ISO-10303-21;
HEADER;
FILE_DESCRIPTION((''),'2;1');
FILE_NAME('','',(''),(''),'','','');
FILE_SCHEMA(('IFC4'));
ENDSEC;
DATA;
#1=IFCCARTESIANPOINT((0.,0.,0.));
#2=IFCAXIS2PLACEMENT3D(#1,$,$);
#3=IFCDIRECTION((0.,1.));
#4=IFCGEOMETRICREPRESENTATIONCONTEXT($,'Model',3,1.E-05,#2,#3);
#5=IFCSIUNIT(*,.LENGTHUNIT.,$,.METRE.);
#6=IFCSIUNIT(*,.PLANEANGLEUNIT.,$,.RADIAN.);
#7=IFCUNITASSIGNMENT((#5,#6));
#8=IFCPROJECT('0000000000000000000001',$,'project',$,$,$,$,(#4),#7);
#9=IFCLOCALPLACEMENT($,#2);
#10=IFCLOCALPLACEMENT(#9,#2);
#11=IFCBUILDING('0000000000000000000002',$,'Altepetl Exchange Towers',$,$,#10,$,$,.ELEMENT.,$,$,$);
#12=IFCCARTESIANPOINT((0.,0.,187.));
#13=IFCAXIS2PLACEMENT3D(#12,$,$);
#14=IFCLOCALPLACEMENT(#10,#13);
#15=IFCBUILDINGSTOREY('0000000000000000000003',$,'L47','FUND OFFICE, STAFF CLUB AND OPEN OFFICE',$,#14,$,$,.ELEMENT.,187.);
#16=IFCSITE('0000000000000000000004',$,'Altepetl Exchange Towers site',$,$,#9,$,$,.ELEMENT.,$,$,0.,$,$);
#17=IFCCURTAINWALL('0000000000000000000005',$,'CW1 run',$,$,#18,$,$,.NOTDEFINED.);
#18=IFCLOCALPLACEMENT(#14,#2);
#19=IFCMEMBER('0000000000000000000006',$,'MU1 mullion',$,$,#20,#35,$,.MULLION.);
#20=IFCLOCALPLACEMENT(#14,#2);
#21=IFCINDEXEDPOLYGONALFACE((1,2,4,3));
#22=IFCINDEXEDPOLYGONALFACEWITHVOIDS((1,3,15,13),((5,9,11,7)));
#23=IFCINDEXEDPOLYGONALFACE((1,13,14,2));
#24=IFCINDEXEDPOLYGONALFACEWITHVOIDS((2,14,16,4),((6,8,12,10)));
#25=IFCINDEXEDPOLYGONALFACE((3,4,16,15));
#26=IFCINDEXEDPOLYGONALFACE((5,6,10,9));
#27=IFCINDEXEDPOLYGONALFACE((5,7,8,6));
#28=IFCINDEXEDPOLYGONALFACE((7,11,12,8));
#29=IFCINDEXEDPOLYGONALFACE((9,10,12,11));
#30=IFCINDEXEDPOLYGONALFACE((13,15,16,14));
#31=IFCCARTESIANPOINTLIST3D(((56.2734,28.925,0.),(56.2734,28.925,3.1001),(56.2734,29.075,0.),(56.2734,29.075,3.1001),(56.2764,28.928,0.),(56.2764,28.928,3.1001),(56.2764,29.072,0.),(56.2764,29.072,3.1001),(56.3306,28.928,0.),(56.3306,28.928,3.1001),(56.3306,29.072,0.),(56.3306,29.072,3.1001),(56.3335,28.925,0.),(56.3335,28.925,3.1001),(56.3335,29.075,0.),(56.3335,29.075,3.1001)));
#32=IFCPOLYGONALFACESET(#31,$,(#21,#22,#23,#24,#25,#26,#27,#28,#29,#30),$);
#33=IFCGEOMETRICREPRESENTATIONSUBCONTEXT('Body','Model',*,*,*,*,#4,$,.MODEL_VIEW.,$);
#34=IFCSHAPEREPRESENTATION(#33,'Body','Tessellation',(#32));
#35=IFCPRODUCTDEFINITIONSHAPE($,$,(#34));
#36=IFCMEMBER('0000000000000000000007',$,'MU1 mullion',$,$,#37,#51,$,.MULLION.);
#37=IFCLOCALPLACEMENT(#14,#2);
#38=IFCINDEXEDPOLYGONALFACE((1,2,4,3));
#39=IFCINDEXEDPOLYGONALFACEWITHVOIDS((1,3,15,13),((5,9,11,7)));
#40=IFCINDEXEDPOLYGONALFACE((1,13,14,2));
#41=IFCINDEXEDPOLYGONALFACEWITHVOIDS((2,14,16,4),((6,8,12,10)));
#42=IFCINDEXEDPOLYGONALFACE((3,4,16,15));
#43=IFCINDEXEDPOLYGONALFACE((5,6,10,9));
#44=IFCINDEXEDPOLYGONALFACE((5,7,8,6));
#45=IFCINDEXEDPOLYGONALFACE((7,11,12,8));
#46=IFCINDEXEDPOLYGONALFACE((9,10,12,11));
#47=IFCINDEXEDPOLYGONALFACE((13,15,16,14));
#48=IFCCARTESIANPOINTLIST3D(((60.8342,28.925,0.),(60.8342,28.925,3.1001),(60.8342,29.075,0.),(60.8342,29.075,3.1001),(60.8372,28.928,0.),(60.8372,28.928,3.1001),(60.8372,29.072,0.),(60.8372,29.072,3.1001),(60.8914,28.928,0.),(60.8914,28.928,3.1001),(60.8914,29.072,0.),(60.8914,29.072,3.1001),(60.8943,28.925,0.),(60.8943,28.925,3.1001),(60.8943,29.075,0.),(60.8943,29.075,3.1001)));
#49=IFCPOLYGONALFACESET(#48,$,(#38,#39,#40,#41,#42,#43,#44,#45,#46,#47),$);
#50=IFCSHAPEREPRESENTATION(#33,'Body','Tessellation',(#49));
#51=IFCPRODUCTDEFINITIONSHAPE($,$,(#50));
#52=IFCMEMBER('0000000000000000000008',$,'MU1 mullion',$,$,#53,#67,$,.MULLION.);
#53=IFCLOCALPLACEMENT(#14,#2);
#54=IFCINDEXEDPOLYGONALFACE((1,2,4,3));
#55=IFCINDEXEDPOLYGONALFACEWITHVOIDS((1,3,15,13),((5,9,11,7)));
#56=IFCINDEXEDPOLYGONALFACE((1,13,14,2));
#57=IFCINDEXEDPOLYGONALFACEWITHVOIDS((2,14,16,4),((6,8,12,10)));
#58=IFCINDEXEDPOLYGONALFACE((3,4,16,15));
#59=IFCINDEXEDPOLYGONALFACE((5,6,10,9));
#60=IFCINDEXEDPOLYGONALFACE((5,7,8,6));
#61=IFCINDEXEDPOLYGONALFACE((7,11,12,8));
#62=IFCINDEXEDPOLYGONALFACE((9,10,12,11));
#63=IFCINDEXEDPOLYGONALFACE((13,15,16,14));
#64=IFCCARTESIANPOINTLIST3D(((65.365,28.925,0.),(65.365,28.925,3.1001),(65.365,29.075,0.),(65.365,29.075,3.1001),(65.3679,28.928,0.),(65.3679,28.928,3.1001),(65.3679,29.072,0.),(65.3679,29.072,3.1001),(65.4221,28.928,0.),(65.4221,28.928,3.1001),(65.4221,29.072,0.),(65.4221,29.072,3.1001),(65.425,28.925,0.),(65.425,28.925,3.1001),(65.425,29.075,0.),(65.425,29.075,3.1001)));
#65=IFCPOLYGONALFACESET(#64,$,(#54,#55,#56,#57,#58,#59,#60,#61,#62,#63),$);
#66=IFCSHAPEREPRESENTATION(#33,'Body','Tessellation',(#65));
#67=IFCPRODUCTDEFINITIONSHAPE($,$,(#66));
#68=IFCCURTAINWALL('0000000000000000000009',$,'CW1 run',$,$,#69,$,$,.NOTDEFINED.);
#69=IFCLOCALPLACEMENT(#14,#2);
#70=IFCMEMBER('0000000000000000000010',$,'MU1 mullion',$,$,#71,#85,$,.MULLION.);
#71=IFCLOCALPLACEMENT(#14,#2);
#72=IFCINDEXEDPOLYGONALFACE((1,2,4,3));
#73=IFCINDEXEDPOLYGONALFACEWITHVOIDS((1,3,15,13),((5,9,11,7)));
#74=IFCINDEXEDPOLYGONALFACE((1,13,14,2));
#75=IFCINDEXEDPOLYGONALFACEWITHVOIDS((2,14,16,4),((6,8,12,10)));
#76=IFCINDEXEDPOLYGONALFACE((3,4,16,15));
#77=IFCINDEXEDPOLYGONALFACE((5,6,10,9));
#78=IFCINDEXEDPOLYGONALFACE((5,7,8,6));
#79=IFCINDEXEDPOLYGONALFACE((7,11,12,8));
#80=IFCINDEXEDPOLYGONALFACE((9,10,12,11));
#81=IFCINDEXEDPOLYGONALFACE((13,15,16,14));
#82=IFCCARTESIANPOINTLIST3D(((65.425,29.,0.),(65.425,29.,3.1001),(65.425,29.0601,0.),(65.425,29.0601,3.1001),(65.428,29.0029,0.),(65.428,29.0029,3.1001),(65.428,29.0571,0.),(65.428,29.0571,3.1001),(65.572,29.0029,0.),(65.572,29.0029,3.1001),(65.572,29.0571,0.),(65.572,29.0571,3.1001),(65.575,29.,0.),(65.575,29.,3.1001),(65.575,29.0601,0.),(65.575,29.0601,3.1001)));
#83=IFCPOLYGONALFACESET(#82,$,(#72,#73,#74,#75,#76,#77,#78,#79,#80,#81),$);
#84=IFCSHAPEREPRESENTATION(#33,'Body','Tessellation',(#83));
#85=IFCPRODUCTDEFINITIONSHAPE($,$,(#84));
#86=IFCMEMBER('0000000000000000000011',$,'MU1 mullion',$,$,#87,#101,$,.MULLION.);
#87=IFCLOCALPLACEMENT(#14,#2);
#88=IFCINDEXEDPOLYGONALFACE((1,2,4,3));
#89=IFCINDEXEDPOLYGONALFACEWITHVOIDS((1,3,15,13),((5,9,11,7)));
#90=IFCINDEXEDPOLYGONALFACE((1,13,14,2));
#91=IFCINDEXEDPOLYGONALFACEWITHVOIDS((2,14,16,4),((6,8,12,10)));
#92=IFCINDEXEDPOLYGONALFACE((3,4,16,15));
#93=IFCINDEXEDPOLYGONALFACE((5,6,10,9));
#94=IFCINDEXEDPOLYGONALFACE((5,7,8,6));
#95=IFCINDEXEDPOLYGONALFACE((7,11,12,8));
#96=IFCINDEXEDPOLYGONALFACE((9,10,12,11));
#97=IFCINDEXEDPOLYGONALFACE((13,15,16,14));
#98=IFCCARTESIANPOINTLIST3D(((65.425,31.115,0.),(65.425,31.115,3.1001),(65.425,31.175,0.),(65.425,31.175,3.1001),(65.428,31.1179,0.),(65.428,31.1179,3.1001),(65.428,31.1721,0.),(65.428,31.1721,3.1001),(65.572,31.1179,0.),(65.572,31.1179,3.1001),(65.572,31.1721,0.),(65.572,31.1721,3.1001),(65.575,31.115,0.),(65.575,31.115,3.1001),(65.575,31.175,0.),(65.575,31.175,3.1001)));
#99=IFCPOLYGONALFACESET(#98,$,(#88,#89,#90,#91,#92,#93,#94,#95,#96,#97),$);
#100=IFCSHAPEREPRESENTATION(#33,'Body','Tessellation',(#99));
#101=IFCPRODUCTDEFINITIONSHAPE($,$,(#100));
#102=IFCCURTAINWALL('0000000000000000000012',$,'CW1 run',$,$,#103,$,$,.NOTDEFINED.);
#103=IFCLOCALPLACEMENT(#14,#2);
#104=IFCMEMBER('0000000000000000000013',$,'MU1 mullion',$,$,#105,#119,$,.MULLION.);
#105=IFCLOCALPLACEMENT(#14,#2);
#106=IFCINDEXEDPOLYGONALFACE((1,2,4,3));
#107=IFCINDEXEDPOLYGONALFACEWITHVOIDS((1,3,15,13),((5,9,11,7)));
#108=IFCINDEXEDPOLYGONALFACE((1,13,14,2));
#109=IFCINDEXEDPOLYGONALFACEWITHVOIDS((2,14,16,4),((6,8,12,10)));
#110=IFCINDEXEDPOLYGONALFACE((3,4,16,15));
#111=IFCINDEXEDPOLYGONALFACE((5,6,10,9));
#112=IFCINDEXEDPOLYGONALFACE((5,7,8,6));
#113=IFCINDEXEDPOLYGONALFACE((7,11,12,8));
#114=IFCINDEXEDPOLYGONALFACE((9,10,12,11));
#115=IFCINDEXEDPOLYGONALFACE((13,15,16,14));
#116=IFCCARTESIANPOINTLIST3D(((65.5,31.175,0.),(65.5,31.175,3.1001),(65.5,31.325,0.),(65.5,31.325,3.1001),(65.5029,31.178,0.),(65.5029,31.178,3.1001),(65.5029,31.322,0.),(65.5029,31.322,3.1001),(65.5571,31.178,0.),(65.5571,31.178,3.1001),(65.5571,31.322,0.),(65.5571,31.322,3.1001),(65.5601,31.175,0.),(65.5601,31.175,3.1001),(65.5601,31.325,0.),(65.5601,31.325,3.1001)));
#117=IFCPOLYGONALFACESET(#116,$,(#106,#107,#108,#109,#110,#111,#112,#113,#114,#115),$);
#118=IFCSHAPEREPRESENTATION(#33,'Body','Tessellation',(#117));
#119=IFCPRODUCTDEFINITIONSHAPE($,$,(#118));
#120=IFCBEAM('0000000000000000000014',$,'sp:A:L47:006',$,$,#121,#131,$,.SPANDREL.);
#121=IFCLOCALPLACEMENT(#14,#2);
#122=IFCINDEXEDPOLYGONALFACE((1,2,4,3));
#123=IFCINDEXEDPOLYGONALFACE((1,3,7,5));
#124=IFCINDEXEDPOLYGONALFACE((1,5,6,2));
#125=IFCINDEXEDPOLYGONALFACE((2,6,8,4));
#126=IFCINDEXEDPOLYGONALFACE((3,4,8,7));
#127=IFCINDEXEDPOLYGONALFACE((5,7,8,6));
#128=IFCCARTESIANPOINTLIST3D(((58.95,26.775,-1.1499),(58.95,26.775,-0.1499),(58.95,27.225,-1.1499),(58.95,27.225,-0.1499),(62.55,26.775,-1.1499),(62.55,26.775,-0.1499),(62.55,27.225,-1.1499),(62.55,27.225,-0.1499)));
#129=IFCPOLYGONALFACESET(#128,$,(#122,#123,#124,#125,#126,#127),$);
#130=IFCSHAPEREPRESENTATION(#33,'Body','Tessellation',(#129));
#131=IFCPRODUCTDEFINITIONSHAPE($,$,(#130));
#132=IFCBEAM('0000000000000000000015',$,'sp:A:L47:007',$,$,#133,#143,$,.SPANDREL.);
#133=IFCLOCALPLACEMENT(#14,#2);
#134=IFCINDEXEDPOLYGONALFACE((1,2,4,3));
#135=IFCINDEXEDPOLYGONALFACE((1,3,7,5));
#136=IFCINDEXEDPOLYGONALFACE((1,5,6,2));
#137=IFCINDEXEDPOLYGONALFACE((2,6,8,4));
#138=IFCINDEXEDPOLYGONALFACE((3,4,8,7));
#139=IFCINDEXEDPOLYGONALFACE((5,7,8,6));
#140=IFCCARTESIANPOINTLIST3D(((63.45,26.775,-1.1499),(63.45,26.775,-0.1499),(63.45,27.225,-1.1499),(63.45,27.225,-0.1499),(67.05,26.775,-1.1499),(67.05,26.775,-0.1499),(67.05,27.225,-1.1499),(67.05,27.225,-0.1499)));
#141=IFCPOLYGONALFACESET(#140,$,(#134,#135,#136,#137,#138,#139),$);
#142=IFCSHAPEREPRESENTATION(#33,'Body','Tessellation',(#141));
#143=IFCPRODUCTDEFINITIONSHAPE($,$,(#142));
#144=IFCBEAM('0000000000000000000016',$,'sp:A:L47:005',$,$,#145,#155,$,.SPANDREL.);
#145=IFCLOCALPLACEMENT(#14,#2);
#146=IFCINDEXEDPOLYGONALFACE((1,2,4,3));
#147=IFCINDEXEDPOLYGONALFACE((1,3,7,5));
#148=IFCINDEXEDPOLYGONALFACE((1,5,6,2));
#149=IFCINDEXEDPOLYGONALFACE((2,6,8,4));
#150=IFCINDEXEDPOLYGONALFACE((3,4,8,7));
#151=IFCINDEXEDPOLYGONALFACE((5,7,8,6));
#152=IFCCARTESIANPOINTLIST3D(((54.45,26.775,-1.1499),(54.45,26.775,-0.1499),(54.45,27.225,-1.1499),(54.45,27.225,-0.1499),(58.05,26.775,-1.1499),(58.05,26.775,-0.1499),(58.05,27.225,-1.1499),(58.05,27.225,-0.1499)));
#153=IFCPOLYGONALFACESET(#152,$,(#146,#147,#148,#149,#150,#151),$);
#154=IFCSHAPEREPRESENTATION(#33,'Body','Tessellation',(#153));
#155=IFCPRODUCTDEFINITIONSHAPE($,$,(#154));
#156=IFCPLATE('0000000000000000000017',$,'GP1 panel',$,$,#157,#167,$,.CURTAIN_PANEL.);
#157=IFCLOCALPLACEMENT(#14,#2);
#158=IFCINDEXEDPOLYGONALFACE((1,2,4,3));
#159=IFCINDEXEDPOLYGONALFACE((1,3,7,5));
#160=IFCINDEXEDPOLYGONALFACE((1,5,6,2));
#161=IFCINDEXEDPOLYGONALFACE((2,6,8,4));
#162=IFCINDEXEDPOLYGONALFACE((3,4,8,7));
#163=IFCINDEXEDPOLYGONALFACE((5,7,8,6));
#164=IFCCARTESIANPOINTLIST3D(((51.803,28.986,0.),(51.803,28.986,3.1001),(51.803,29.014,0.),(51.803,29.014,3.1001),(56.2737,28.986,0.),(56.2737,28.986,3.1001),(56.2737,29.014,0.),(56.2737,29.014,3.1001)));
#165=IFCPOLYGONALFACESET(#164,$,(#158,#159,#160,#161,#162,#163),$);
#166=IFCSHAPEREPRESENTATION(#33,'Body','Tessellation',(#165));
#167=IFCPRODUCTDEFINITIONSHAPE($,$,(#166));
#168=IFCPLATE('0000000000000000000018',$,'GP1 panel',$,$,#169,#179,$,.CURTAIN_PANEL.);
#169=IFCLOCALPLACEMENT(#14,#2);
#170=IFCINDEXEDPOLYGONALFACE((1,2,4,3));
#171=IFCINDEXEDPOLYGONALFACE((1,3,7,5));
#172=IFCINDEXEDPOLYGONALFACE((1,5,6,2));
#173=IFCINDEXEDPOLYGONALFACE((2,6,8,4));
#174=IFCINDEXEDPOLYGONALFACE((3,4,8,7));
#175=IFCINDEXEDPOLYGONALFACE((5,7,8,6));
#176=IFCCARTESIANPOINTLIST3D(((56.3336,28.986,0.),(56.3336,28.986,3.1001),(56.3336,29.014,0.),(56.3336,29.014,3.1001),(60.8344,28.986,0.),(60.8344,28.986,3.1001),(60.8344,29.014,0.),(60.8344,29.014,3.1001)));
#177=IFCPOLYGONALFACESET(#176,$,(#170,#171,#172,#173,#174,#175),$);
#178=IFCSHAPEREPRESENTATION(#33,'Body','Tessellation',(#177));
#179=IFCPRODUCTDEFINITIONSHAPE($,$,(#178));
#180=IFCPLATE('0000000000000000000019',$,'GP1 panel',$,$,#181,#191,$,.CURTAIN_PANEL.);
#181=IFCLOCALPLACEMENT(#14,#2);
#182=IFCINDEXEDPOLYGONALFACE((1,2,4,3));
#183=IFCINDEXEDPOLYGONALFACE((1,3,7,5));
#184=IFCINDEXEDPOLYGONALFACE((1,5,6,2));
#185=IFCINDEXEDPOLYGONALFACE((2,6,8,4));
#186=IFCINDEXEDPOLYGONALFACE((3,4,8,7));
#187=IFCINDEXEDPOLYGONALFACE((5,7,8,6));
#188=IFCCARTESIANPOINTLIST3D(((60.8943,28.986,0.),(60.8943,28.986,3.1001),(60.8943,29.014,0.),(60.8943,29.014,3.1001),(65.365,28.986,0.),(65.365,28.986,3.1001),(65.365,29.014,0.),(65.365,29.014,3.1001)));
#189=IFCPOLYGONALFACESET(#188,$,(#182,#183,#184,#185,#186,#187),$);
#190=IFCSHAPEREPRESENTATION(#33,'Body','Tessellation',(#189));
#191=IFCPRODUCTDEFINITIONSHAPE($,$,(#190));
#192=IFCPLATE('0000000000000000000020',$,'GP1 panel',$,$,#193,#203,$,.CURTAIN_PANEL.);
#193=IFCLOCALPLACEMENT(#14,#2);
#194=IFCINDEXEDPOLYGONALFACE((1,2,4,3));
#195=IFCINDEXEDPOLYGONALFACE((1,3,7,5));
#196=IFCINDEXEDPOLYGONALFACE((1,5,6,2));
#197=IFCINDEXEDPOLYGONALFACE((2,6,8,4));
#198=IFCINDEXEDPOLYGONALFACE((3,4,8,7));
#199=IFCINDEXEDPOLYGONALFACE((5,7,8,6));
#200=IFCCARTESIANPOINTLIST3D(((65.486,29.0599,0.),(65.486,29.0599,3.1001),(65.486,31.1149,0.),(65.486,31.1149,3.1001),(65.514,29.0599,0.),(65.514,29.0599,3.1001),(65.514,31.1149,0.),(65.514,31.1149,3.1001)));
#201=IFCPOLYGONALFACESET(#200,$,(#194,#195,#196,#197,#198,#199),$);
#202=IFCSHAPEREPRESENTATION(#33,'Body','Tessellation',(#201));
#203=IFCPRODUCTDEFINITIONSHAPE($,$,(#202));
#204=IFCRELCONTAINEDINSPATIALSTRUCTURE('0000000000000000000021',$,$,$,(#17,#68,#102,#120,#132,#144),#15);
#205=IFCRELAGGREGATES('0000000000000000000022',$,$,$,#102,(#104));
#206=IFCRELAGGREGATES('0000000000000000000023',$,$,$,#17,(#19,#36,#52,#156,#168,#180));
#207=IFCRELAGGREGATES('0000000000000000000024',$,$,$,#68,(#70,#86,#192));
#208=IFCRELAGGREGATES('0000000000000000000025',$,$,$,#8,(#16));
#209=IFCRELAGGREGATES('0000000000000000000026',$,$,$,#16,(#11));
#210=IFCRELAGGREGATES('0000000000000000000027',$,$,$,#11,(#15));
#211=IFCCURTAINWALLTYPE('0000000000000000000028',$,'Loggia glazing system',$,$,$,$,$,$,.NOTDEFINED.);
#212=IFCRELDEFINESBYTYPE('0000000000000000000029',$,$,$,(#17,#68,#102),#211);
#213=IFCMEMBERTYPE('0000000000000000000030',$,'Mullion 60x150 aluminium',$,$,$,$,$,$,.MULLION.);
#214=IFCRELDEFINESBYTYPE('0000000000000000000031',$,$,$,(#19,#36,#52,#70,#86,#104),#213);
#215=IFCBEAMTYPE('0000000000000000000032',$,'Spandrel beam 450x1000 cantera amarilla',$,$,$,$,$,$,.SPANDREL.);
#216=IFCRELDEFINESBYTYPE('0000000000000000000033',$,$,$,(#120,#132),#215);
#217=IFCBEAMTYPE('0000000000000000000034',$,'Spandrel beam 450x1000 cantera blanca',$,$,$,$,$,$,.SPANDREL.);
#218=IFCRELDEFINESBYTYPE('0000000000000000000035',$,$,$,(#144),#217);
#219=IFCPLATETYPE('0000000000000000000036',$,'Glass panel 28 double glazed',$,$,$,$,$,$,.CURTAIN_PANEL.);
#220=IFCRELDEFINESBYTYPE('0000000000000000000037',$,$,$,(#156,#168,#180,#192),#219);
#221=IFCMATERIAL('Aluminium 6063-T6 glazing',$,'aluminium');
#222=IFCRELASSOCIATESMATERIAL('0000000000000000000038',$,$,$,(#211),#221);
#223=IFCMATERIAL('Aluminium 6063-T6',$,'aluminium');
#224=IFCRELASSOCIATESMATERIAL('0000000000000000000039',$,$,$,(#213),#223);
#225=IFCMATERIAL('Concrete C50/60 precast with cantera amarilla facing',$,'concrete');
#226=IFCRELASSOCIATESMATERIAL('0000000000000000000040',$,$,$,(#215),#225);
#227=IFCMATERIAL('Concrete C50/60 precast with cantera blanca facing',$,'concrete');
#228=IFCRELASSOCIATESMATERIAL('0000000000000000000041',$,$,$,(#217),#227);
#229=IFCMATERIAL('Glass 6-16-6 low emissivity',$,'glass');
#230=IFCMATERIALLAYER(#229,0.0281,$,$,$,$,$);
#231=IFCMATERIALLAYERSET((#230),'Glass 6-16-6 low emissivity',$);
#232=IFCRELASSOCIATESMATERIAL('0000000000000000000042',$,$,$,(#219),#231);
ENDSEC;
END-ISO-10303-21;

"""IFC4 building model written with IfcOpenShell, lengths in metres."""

from ifc_helpers import new_model, si_unit, direction, frame, origin, origin_2d, place, context, subcontext, project, spatial, rectangle, hollow_rectangle, extrude, material, layer, layer_set, material_profile, profile_set, type_object, element, aggregate, save


model = new_model("IFC4")

# Units and contexts
model_context = context("Model", 3, precision=1e-05, world=origin(), true_north=direction((0.0, 1.0)))
body_context = subcontext(model_context, "Body", "Model", "MODEL_VIEW")
ifc_project = project(units=[si_unit("LENGTHUNIT", "METRE"), si_unit("PLANEANGLEUNIT", "RADIAN")], contexts=[model_context])

# Site, building, storey
site_placement = place(None, origin())
site = spatial("IfcSite", under=ifc_project, at=site_placement, Name="Altepetl Exchange Towers site", CompositionType="ELEMENT", RefElevation=0.0)
building_placement = place(site_placement, origin())
building = spatial("IfcBuilding", under=site, at=building_placement, Name="Altepetl Exchange Towers", CompositionType="ELEMENT")
storey_placement = place(building_placement, frame((0.0, 0.0, 187.0)))
storey = spatial("IfcBuildingStorey", under=building, at=storey_placement, Name="L47", Description="FUND OFFICE, STAFF CLUB AND OPEN OFFICE", CompositionType="ELEMENT", Elevation=187.0)

# Curtain walls, members
ifc_material_1 = material(Name="Aluminium 6063-T6 glazing", Category="aluminium")
curtain_wall_type = type_object("IfcCurtainWallType", Name="Loggia glazing system", PredefinedType="NOTDEFINED", material=ifc_material_1)
curtain_wall_1_placement = place(storey_placement, origin())
curtain_wall_1 = element("IfcCurtainWall", 1, at=curtain_wall_1_placement, inside=storey, type_object=curtain_wall_type, Name="CW1 run", PredefinedType="NOTDEFINED")
ifc_material_2 = material(Name="Aluminium 6063-T6", Category="aluminium")
ifc_material_profile_1 = material_profile(ifc_material_2, hollow_rectangle(XDim=0.0601, YDim=0.1499, WallThickness=0.0029, at=origin_2d()), Name="Mullion 60x150 aluminium")
ifc_profile_set_1 = profile_set([ifc_material_profile_1], Name="Aluminium 6063-T6")
member_type = type_object("IfcMemberType", Name="Mullion 60x150 aluminium", PredefinedType="MULLION", material=ifc_profile_set_1)
member_1_placement = place(storey_placement, frame((56.3035, 29.0, 0.0)))
member_1 = element("IfcMember", 2, at=member_1_placement, type_object=member_type, Name="MU1 mullion", PredefinedType="MULLION", context=body_context, shape_type="SweptSolid", body=[
    extrude(hollow_rectangle(XDim=0.0601, YDim=0.1499, WallThickness=0.0029, at=origin_2d()), origin(), (0.0, 0.0, 1.0), 3.1001),
])
member_2_placement = place(storey_placement, frame((60.8643, 29.0, 0.0)))
member_2 = element("IfcMember", 3, at=member_2_placement, type_object=member_type, Name="MU1 mullion", PredefinedType="MULLION", context=body_context, shape_type="SweptSolid", body=[
    extrude(hollow_rectangle(XDim=0.0601, YDim=0.1499, WallThickness=0.0029, at=origin_2d()), origin(), (0.0, 0.0, 1.0), 3.1001),
])
member_3_placement = place(storey_placement, frame((65.395, 29.0, 0.0)))
member_3 = element("IfcMember", 4, at=member_3_placement, type_object=member_type, Name="MU1 mullion", PredefinedType="MULLION", context=body_context, shape_type="SweptSolid", body=[
    extrude(hollow_rectangle(XDim=0.0601, YDim=0.1499, WallThickness=0.0029, at=origin_2d()), origin(), (0.0, 0.0, 1.0), 3.1001),
])
curtain_wall_2_placement = place(storey_placement, origin())
curtain_wall_2 = element("IfcCurtainWall", 5, at=curtain_wall_2_placement, inside=storey, type_object=curtain_wall_type, Name="CW1 run", PredefinedType="NOTDEFINED")
member_4_placement = place(storey_placement, frame((65.5, 29.03, 0.0), z_axis=(0.0, 0.0, 1.0), x_axis=(0.0, 1.0, 0.0)))
member_4 = element("IfcMember", 6, at=member_4_placement, type_object=member_type, Name="MU1 mullion", PredefinedType="MULLION", context=body_context, shape_type="SweptSolid", body=[
    extrude(hollow_rectangle(XDim=0.0601, YDim=0.1499, WallThickness=0.0029, at=origin_2d()), origin(), (0.0, 0.0, 1.0), 3.1001),
])
member_5_placement = place(storey_placement, frame((65.5, 31.145, 0.0), z_axis=(0.0, 0.0, 1.0), x_axis=(0.0, 1.0, 0.0)))
member_5 = element("IfcMember", 7, at=member_5_placement, type_object=member_type, Name="MU1 mullion", PredefinedType="MULLION", context=body_context, shape_type="SweptSolid", body=[
    extrude(hollow_rectangle(XDim=0.0601, YDim=0.1499, WallThickness=0.0029, at=origin_2d()), origin(), (0.0, 0.0, 1.0), 3.1001),
])

# Curtain wall, member
curtain_wall_3_placement = place(storey_placement, origin())
curtain_wall_3 = element("IfcCurtainWall", 8, at=curtain_wall_3_placement, inside=storey, type_object=curtain_wall_type, Name="CW1 run", PredefinedType="NOTDEFINED")
member_6_placement = place(storey_placement, frame((65.53, 31.25, 0.0)))
member_6 = element("IfcMember", 9, at=member_6_placement, type_object=member_type, Name="MU1 mullion", PredefinedType="MULLION", context=body_context, shape_type="SweptSolid", body=[
    extrude(hollow_rectangle(XDim=0.0601, YDim=0.1499, WallThickness=0.0029, at=origin_2d()), origin(), (0.0, 0.0, 1.0), 3.1001),
])
aggregate(curtain_wall_3, [member_6])

# Beams
ifc_material_3 = material(Name="Concrete C50/60 precast with cantera amarilla facing", Category="concrete")
ifc_material_profile_2 = material_profile(ifc_material_3, rectangle(XDim=0.45, YDim=1.0, at=origin_2d()), Name="450 x 1000")
ifc_profile_set_2 = profile_set([ifc_material_profile_2], Name="Concrete C50/60 precast with cantera amarilla facing")
beam_type_1 = type_object("IfcBeamType", Name="Spandrel beam 450x1000 cantera amarilla", PredefinedType="SPANDREL", material=ifc_profile_set_2)
for number, where, z_axis, x_axis, name in (
    (10, (58.95, 27.0, -0.6499), (1.0, 0.0, 0.0), (0.0, 1.0, 0.0), "sp:A:L47:006"),
    (11, (63.45, 27.0, -0.6499), (1.0, 0.0, 0.0), (0.0, 1.0, 0.0), "sp:A:L47:007"),
):
    element("IfcBeam", number, at=place(storey_placement, frame(where, z_axis=z_axis, x_axis=x_axis)), inside=storey, type_object=beam_type_1, Name=name, PredefinedType="SPANDREL", context=body_context, shape_type="SweptSolid", body=[
        extrude(rectangle(XDim=0.45, YDim=1.0, at=origin_2d()), origin(), (0.0, 0.0, 1.0), 3.6001),
    ])
ifc_material_4 = material(Name="Concrete C50/60 precast with cantera blanca facing", Category="concrete")
ifc_material_profile_3 = material_profile(ifc_material_4, rectangle(XDim=0.45, YDim=1.0, at=origin_2d()), Name="450 x 1000")
ifc_profile_set_3 = profile_set([ifc_material_profile_3], Name="Concrete C50/60 precast with cantera blanca facing")
beam_type_2 = type_object("IfcBeamType", Name="Spandrel beam 450x1000 cantera blanca", PredefinedType="SPANDREL", material=ifc_profile_set_3)
beam_1_placement = place(storey_placement, frame((54.45, 27.0, -0.6499), z_axis=(1.0, 0.0, 0.0), x_axis=(0.0, 1.0, 0.0)))
element("IfcBeam", 12, at=beam_1_placement, inside=storey, type_object=beam_type_2, Name="sp:A:L47:005", PredefinedType="SPANDREL", context=body_context, shape_type="SweptSolid", body=[
    extrude(rectangle(XDim=0.45, YDim=1.0, at=origin_2d()), origin(), (0.0, 0.0, 1.0), 3.6001),
])

# Plates
ifc_material_5 = material(Name="Glass 6-16-6 low emissivity", Category="glass")
ifc_layer_1 = layer(ifc_material_5, 0.0281)
ifc_layer_set_1 = layer_set([ifc_layer_1], Name="Glass 6-16-6 low emissivity")
plate_type = type_object("IfcPlateType", Name="Glass panel 28 double glazed", PredefinedType="CURTAIN_PANEL", material=ifc_layer_set_1)
plate_1_placement = place(storey_placement, frame((54.0383, 29.0, 0.0)))
plate_1 = element("IfcPlate", 13, at=plate_1_placement, type_object=plate_type, Name="GP1 panel", PredefinedType="CURTAIN_PANEL", context=body_context, shape_type="SweptSolid", body=[
    extrude(rectangle(XDim=4.4707, YDim=0.0281, at=origin_2d()), origin(), (0.0, 0.0, 1.0), 3.1001),
])
plate_2_placement = place(storey_placement, frame((58.584, 29.0, 0.0)))
plate_2 = element("IfcPlate", 14, at=plate_2_placement, type_object=plate_type, Name="GP1 panel", PredefinedType="CURTAIN_PANEL", context=body_context, shape_type="SweptSolid", body=[
    extrude(rectangle(XDim=4.5007, YDim=0.0281, at=origin_2d()), origin(), (0.0, 0.0, 1.0), 3.1001),
])
plate_3_placement = place(storey_placement, frame((63.1296, 29.0, 0.0)))
plate_3 = element("IfcPlate", 15, at=plate_3_placement, type_object=plate_type, Name="GP1 panel", PredefinedType="CURTAIN_PANEL", context=body_context, shape_type="SweptSolid", body=[
    extrude(rectangle(XDim=4.4707, YDim=0.0281, at=origin_2d()), origin(), (0.0, 0.0, 1.0), 3.1001),
])
aggregate(curtain_wall_1, [member_1, member_2, member_3, plate_1, plate_2, plate_3])
plate_4_placement = place(storey_placement, frame((65.5, 30.0874, 0.0), z_axis=(0.0, 0.0, 1.0), x_axis=(0.0, 1.0, 0.0)))
plate_4 = element("IfcPlate", 16, at=plate_4_placement, type_object=plate_type, Name="GP1 panel", PredefinedType="CURTAIN_PANEL", context=body_context, shape_type="SweptSolid", body=[
    extrude(rectangle(XDim=2.0549, YDim=0.0281, at=origin_2d()), origin(), (0.0, 0.0, 1.0), 3.1001),
])
aggregate(curtain_wall_2, [member_4, member_5, plate_4])

save(model, "model.ifc")
